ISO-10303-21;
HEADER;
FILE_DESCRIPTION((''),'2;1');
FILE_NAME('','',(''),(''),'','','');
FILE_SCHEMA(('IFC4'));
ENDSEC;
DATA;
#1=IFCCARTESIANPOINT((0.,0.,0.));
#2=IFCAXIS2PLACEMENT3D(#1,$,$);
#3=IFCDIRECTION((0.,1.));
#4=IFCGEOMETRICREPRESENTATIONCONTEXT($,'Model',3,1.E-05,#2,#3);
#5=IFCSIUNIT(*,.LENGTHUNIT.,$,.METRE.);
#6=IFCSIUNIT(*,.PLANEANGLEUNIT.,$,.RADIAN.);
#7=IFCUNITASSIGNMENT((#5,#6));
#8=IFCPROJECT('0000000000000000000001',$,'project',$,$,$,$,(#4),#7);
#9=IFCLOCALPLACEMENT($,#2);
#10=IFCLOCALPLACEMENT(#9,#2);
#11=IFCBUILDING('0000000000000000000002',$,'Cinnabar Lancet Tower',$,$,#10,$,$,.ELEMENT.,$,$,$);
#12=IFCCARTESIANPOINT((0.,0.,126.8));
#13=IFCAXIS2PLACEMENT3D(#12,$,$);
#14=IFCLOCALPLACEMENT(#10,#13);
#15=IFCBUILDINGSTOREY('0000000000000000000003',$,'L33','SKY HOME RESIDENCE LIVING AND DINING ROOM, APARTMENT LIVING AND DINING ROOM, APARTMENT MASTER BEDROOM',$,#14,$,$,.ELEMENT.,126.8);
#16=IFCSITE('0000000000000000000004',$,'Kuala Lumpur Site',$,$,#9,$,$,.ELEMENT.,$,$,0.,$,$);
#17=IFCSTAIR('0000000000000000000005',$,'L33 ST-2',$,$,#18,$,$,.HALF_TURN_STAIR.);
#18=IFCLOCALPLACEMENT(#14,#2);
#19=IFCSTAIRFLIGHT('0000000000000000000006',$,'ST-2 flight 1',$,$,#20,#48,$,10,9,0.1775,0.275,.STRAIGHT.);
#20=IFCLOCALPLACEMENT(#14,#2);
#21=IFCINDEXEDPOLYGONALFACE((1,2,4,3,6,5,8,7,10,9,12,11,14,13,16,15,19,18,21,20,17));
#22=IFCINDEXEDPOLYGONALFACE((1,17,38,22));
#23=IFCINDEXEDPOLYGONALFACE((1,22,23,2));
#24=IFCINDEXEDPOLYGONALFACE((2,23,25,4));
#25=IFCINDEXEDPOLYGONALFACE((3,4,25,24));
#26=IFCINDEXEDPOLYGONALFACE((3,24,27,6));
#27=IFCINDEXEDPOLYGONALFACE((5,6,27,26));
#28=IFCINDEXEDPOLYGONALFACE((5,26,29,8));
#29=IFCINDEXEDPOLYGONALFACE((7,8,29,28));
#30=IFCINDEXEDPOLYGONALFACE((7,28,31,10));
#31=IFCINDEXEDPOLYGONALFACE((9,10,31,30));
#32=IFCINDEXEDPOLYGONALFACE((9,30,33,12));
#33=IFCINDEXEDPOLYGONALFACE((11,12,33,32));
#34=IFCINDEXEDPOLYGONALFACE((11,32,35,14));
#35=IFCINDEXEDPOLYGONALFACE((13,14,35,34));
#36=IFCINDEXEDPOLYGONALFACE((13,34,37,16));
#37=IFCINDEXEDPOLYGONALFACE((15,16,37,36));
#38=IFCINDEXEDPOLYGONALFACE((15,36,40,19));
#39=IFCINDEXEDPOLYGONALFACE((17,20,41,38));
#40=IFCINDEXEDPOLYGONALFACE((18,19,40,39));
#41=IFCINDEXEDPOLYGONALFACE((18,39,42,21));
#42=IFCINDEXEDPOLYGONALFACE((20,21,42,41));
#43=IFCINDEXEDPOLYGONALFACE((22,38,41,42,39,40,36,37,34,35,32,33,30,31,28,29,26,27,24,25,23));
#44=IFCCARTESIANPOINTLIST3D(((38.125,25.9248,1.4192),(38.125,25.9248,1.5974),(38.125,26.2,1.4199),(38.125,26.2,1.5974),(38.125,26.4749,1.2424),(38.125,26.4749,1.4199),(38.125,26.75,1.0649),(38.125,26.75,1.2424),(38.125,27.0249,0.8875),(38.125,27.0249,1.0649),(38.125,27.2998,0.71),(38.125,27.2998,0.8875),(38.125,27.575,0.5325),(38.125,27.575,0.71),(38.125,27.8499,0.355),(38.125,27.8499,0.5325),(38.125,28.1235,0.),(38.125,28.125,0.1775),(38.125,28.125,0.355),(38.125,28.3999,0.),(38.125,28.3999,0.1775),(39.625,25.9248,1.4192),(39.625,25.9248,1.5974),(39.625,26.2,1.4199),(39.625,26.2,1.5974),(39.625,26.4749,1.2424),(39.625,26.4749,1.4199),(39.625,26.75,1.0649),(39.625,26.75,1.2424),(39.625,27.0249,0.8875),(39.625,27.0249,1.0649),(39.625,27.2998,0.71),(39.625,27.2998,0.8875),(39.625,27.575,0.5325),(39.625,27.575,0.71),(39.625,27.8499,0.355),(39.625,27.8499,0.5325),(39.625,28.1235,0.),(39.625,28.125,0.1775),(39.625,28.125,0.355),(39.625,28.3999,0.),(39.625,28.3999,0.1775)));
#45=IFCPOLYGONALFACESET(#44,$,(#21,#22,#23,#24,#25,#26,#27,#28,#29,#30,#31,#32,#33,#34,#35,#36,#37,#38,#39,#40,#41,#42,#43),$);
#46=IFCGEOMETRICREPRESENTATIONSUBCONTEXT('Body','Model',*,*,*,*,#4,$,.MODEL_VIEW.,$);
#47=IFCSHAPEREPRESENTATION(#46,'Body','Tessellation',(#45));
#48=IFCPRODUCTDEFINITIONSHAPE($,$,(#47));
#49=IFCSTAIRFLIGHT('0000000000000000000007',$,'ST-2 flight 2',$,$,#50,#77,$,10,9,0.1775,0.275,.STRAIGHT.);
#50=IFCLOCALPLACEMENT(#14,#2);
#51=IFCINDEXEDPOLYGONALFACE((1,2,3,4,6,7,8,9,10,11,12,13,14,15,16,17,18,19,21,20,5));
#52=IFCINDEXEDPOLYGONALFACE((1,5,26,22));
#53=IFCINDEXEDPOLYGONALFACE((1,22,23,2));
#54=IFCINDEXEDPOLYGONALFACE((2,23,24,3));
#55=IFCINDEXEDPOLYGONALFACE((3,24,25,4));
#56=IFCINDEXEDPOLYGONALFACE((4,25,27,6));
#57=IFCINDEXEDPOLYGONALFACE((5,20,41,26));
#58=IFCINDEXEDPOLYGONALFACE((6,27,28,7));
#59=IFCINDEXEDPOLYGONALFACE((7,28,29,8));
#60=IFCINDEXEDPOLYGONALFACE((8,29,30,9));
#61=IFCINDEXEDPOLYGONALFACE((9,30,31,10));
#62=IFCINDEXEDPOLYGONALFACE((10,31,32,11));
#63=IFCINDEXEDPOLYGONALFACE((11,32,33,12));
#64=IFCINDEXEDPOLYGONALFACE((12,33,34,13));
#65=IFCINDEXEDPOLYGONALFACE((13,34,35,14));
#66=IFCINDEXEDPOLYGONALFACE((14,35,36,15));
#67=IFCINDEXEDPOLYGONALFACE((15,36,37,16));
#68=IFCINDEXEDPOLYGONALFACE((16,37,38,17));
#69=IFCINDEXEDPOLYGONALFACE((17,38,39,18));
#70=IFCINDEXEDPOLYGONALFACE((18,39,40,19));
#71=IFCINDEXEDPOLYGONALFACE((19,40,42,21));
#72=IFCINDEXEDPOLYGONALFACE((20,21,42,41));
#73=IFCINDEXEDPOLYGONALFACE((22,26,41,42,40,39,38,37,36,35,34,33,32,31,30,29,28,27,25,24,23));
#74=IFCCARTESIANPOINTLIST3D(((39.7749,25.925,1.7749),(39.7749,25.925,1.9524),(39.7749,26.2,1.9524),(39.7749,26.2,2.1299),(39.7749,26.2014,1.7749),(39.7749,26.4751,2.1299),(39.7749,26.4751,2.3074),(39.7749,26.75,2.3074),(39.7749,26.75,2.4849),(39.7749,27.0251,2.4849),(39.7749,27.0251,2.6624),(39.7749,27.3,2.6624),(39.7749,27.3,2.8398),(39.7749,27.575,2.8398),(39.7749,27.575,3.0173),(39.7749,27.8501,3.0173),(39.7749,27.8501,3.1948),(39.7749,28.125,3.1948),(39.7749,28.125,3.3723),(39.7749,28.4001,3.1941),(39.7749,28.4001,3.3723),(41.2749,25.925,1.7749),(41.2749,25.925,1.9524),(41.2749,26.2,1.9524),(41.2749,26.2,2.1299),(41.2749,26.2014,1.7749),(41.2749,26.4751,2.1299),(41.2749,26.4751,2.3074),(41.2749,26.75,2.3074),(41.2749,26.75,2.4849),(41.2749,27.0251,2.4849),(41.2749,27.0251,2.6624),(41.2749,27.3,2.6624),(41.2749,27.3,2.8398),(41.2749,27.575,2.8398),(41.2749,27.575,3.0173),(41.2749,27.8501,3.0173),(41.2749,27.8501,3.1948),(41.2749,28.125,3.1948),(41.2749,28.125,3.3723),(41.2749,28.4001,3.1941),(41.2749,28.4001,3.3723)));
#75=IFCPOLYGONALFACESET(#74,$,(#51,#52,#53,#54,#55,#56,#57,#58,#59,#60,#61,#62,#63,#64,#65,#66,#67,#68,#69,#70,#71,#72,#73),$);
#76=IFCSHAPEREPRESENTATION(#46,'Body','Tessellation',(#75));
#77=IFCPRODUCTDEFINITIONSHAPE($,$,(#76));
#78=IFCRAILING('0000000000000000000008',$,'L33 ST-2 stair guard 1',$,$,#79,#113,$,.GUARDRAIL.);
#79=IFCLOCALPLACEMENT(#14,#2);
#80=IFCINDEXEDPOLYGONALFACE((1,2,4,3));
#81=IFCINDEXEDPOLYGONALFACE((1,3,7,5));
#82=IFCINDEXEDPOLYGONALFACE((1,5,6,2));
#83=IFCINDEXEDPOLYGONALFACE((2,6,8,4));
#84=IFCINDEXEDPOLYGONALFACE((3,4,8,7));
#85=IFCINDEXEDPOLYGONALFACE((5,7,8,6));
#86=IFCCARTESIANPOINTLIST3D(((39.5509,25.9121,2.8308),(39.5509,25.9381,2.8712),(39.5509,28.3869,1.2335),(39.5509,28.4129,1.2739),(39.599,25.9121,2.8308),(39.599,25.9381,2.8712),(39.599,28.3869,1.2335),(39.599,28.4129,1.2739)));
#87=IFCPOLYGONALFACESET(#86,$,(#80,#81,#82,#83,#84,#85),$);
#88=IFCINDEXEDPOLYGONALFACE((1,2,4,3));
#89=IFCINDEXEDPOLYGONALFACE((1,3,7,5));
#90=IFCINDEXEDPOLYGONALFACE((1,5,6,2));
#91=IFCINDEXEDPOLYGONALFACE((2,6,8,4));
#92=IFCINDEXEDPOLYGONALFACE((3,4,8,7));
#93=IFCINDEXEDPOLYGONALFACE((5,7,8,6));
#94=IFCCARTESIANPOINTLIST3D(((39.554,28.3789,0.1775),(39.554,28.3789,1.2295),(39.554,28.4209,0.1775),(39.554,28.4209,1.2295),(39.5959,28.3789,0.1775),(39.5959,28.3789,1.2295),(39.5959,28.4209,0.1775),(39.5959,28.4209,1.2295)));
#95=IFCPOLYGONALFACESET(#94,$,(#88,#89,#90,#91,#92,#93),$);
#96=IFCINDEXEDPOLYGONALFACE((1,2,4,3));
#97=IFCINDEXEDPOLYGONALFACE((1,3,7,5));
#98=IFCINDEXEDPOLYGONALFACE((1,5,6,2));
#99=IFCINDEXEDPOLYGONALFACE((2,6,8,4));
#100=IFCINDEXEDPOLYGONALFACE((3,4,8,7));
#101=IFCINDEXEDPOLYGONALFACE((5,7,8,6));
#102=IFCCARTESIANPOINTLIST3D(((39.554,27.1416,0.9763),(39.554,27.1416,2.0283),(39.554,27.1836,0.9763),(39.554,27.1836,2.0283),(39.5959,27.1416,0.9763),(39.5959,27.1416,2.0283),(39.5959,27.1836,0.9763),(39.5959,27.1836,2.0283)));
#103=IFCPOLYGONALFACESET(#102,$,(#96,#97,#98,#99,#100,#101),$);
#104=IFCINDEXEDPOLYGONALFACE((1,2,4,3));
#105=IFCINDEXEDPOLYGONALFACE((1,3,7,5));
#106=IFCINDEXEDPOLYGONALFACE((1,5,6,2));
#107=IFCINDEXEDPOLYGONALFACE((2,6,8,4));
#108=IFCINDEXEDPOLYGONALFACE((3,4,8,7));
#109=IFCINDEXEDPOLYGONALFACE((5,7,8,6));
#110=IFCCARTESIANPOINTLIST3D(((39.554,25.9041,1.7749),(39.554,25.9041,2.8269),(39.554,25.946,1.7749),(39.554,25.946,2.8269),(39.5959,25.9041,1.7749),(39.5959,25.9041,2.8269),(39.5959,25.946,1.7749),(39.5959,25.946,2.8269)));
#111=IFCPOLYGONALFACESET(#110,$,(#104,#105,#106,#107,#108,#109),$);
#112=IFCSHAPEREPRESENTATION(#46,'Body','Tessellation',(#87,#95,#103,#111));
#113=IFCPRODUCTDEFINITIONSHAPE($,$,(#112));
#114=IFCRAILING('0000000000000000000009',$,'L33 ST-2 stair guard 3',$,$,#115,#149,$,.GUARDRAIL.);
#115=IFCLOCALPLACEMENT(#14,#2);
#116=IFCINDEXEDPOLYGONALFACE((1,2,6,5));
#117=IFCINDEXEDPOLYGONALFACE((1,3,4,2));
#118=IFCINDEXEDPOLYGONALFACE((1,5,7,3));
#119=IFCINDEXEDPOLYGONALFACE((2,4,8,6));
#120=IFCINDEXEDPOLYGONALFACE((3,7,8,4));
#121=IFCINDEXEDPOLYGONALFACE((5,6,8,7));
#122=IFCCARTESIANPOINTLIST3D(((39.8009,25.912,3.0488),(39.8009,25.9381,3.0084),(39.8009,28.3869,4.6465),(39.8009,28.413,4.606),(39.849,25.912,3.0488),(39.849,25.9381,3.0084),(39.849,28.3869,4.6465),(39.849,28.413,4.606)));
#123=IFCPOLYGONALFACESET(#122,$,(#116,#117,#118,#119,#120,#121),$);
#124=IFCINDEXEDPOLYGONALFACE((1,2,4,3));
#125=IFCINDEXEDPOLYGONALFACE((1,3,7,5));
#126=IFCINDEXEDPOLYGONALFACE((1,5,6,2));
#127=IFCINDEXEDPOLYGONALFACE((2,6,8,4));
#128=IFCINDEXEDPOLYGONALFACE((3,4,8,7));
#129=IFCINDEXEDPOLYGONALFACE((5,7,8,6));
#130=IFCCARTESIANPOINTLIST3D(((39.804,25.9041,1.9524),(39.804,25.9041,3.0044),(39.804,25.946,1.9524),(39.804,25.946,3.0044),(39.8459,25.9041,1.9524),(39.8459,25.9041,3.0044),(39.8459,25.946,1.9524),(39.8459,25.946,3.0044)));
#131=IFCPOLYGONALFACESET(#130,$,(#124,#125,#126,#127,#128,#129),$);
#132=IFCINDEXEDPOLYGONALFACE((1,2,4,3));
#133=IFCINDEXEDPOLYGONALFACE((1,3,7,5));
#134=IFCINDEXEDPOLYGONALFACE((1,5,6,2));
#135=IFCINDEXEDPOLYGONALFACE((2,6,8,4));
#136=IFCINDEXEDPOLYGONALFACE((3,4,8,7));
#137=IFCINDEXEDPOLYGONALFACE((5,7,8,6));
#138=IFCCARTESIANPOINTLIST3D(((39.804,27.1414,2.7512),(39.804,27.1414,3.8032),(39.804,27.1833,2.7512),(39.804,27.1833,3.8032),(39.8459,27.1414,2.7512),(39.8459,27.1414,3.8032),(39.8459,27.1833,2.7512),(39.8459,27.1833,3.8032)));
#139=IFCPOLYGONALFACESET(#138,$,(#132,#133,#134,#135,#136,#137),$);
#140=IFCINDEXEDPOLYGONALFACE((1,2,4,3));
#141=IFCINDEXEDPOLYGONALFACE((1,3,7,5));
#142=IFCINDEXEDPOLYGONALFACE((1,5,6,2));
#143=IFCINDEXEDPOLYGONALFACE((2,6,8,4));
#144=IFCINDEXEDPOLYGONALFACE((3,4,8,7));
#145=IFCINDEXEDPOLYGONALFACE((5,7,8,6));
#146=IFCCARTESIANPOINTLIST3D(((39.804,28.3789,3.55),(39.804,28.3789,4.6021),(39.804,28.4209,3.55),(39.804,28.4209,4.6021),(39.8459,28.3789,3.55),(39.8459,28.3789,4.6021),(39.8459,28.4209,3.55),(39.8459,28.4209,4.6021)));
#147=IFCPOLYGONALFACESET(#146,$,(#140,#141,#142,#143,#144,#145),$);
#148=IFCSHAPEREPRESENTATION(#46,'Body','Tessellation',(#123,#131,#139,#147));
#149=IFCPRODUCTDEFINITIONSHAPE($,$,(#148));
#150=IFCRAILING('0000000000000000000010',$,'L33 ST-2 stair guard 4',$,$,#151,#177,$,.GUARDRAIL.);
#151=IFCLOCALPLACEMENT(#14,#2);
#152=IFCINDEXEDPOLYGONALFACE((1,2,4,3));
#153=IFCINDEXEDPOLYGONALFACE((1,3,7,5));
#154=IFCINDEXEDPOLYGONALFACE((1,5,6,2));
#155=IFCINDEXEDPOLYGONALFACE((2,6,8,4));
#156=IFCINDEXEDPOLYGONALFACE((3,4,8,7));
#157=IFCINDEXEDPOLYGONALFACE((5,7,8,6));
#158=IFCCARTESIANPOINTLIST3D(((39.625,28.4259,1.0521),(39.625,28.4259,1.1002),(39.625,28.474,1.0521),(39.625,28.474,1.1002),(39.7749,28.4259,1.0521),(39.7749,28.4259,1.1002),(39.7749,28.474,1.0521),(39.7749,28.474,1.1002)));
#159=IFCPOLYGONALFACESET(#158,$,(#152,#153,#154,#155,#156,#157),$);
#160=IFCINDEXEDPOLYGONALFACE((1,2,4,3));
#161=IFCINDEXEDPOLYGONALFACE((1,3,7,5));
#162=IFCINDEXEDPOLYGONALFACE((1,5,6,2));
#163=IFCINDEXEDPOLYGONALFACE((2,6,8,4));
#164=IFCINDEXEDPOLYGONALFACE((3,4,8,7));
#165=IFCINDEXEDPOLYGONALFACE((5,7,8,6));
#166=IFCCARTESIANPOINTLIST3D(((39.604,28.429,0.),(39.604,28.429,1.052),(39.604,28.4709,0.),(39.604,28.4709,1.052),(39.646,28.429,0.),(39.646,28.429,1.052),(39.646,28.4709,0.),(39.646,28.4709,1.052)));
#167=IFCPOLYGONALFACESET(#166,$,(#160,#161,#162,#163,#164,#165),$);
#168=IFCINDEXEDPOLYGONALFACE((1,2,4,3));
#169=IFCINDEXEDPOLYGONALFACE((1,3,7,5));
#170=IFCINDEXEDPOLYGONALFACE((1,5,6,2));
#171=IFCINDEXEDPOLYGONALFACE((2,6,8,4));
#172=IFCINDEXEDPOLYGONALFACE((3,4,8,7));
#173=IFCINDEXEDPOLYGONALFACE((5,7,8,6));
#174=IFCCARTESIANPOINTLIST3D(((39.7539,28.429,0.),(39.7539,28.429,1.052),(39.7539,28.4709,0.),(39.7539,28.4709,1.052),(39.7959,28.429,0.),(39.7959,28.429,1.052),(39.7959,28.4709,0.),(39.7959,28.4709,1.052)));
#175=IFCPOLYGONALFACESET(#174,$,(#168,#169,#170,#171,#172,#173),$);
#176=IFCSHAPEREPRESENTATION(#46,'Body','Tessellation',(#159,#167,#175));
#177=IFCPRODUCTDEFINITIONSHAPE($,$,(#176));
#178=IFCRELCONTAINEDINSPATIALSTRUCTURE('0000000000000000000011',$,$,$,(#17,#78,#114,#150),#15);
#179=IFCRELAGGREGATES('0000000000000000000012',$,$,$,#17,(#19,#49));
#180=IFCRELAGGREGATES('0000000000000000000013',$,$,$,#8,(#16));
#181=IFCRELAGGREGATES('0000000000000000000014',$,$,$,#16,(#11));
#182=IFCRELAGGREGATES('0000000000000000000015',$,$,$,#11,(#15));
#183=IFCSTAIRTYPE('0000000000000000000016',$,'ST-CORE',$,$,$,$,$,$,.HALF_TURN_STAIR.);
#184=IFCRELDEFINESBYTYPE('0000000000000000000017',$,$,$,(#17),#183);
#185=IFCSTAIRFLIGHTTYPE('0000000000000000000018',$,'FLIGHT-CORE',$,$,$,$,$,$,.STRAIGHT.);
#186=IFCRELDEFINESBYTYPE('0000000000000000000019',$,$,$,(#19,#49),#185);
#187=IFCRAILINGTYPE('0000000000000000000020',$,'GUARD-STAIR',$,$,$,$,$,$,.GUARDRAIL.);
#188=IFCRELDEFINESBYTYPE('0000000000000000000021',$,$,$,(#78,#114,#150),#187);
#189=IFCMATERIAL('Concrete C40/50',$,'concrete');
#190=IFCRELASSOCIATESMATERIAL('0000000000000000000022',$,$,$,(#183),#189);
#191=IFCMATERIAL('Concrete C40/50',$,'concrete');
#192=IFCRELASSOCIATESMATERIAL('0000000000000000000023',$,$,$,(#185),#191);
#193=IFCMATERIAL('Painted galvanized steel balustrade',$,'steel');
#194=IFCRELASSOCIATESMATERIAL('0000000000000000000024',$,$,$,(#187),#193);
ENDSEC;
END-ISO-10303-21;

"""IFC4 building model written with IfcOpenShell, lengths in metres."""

from ifc_helpers import new_model, si_unit, direction, frame, origin, origin_2d, place, context, subcontext, project, spatial, polyline, rectangle, outline, extrude, material, type_object, element, aggregate, save


model = new_model("IFC4")

# Units and contexts
model_context = context("Model", 3, precision=1e-05, world=origin(), true_north=direction((0.0, 1.0)))
body_context = subcontext(model_context, "Body", "Model", "MODEL_VIEW")
ifc_project = project(units=[si_unit("LENGTHUNIT", "METRE"), si_unit("PLANEANGLEUNIT", "RADIAN")], contexts=[model_context])

# Site, building, storey
site_placement = place(None, origin())
site = spatial("IfcSite", under=ifc_project, at=site_placement, Name="Kuala Lumpur Site", CompositionType="ELEMENT", RefElevation=0.0)
building_placement = place(site_placement, origin())
building = spatial("IfcBuilding", under=site, at=building_placement, Name="Cinnabar Lancet Tower", CompositionType="ELEMENT")
storey_placement = place(building_placement, frame((0.0, 0.0, 126.8)))
storey = spatial("IfcBuildingStorey", under=building, at=storey_placement, Name="L33", Description="SKY HOME RESIDENCE LIVING AND DINING ROOM, APARTMENT LIVING AND DINING ROOM, APARTMENT MASTER BEDROOM", CompositionType="ELEMENT", Elevation=126.8)

# Stair, stair flights
ifc_material_1 = material(Name="Concrete C40/50", Category="concrete")
stair_type = type_object("IfcStairType", Name="ST-CORE", PredefinedType="HALF_TURN_STAIR", material=ifc_material_1)
stair_placement = place(storey_placement, origin())
stair = element("IfcStair", 1, at=stair_placement, inside=storey, type_object=stair_type, Name="L33 ST-2", PredefinedType="HALF_TURN_STAIR")
ifc_material_2 = material(Name="Concrete C40/50", Category="concrete")
stair_flight_type = type_object("IfcStairFlightType", Name="FLIGHT-CORE", PredefinedType="STRAIGHT", material=ifc_material_2)
stair_flight_1_placement = place(storey_placement, frame((38.875, 28.3999, 0.0), z_axis=(0.0, 0.0, 1.0), x_axis=(0.0, -1.0, 0.0)))
stair_flight_1 = element("IfcStairFlight", 2, at=stair_flight_1_placement, type_object=stair_flight_type, Name="ST-2 flight 1", NumberOfRisers=10, NumberOfTreads=9, PredefinedType="STRAIGHT", RiserHeight=0.1775, TreadLength=0.275, context=body_context, shape_type="SweptSolid", body=[
    extrude(outline(polyline([(0.0, 0.0), (0.0, 0.1775), (0.2749, 0.1775), (0.2749, 0.355), (0.55, 0.355), (0.55, 0.5325), (0.825, 0.5325), (0.825, 0.71), (1.1001, 0.71), (1.1001, 0.8875), (1.375, 0.8875), (1.375, 1.0649), (1.6499, 1.0649), (1.6499, 1.2424), (1.925, 1.2424), (1.925, 1.4199), (2.2, 1.4199), (2.2, 1.5974), (2.4751, 1.5974), (2.4751, 1.7749), (2.4751, 1.4192), (0.2764, 0.0), (0.0, 0.0)])), frame((0.0, 0.75, 0.0), z_axis=(0.0, -1.0, 0.0), x_axis=(1.0, 0.0, 0.0)), (0.0, 0.0, 1.0), 1.5),
])
stair_flight_2_placement = place(storey_placement, frame((40.5249, 25.925, 1.7749), z_axis=(0.0, 0.0, 1.0), x_axis=(0.0, 1.0, 0.0)))
stair_flight_2 = element("IfcStairFlight", 3, at=stair_flight_2_placement, type_object=stair_flight_type, Name="ST-2 flight 2", NumberOfRisers=10, NumberOfTreads=9, PredefinedType="STRAIGHT", RiserHeight=0.1775, TreadLength=0.275, context=body_context, shape_type="SweptSolid", body=[
    extrude(outline(polyline([(0.0, 0.0), (0.0, 0.1775), (0.2749, 0.1775), (0.2749, 0.355), (0.55, 0.355), (0.55, 0.5325), (0.825, 0.5325), (0.825, 0.71), (1.1001, 0.71), (1.1001, 0.8875), (1.375, 0.8875), (1.375, 1.0649), (1.6499, 1.0649), (1.6499, 1.2424), (1.925, 1.2424), (1.925, 1.4199), (2.2, 1.4199), (2.2, 1.5974), (2.4751, 1.5974), (2.4751, 1.7749), (2.4751, 1.4192), (0.2764, 0.0), (0.0, 0.0)])), frame((0.0, 0.75, 0.0), z_axis=(0.0, -1.0, 0.0), x_axis=(1.0, 0.0, 0.0)), (0.0, 0.0, 1.0), 1.5),
])
aggregate(stair, [stair_flight_1, stair_flight_2])

# Railings
ifc_material_3 = material(Name="Painted galvanized steel balustrade", Category="steel")
railing_type_1 = type_object("IfcRailingType", Name="GUARD-STAIR", PredefinedType="GUARDRAIL", material=ifc_material_3)
railing_1_placement = place(storey_placement, frame((39.575, 28.3999, 0.1775)))
element("IfcRailing", 4, at=railing_1_placement, inside=storey, type_object=railing_type_1, Name="L33 ST-2 stair guard 1", PredefinedType="GUARDRAIL", context=body_context, shape_type="SweptSolid", body=[
    extrude(rectangle(XDim=0.0481, YDim=0.0481, at=origin_2d()), frame((0.0, 0.0, 1.0762), z_axis=(0.0, -0.840183, 0.542302), x_axis=(1.0, 0.0, 0.0)), (0.0, 0.0, 1.0), 2.9456),
    extrude(rectangle(XDim=0.042, YDim=0.042, at=origin_2d()), origin(), (0.0, 0.0, 1.0), 1.052),
    extrude(rectangle(XDim=0.042, YDim=0.042, at=origin_2d()), frame((0.0, -1.2373, 0.7988)), (0.0, 0.0, 1.0), 1.052),
    extrude(rectangle(XDim=0.042, YDim=0.042, at=origin_2d()), frame((0.0, -2.4749, 1.5974)), (0.0, 0.0, 1.0), 1.052),
])
railing_2_placement = place(storey_placement, frame((39.825, 25.925, 1.9524)))
element("IfcRailing", 5, at=railing_2_placement, inside=storey, type_object=railing_type_1, Name="L33 ST-2 stair guard 3", PredefinedType="GUARDRAIL", context=body_context, shape_type="SweptSolid", body=[
    extrude(rectangle(XDim=0.0481, YDim=0.0481, at=origin_2d()), frame((0.0, 0.0, 1.0762), z_axis=(0.0, 0.840146, 0.542361), x_axis=(-1.0, 0.0, 0.0)), (0.0, 0.0, 1.0), 2.9458),
    extrude(rectangle(XDim=0.042, YDim=0.042, at=origin_2d()), origin(), (0.0, 0.0, 1.0), 1.052),
    extrude(rectangle(XDim=0.042, YDim=0.042, at=origin_2d()), frame((0.0, 1.2373, 0.7988)), (0.0, 0.0, 1.0), 1.052),
    extrude(rectangle(XDim=0.042, YDim=0.042, at=origin_2d()), frame((0.0, 2.4749, 1.5977)), (0.0, 0.0, 1.0), 1.052),
])
railing_3_placement = place(storey_placement, frame((39.625, 28.45, 0.0)))
element("IfcRailing", 6, at=railing_3_placement, inside=storey, type_object=railing_type_1, Name="L33 ST-2 stair guard 4", PredefinedType="GUARDRAIL", context=body_context, shape_type="SweptSolid", body=[
    extrude(rectangle(XDim=0.0481, YDim=0.0481, at=origin_2d()), frame((0.0, 0.0, 1.0762), z_axis=(1.0, 0.0, 0.0), x_axis=(0.0, 1.0, 0.0)), (0.0, 0.0, 1.0), 0.1499),
    extrude(rectangle(XDim=0.042, YDim=0.042, at=origin_2d()), origin(), (0.0, 0.0, 1.0), 1.052),
    extrude(rectangle(XDim=0.042, YDim=0.042, at=origin_2d()), frame((0.1499, 0.0, 0.0)), (0.0, 0.0, 1.0), 1.052),
])

save(model, "model.ifc")
